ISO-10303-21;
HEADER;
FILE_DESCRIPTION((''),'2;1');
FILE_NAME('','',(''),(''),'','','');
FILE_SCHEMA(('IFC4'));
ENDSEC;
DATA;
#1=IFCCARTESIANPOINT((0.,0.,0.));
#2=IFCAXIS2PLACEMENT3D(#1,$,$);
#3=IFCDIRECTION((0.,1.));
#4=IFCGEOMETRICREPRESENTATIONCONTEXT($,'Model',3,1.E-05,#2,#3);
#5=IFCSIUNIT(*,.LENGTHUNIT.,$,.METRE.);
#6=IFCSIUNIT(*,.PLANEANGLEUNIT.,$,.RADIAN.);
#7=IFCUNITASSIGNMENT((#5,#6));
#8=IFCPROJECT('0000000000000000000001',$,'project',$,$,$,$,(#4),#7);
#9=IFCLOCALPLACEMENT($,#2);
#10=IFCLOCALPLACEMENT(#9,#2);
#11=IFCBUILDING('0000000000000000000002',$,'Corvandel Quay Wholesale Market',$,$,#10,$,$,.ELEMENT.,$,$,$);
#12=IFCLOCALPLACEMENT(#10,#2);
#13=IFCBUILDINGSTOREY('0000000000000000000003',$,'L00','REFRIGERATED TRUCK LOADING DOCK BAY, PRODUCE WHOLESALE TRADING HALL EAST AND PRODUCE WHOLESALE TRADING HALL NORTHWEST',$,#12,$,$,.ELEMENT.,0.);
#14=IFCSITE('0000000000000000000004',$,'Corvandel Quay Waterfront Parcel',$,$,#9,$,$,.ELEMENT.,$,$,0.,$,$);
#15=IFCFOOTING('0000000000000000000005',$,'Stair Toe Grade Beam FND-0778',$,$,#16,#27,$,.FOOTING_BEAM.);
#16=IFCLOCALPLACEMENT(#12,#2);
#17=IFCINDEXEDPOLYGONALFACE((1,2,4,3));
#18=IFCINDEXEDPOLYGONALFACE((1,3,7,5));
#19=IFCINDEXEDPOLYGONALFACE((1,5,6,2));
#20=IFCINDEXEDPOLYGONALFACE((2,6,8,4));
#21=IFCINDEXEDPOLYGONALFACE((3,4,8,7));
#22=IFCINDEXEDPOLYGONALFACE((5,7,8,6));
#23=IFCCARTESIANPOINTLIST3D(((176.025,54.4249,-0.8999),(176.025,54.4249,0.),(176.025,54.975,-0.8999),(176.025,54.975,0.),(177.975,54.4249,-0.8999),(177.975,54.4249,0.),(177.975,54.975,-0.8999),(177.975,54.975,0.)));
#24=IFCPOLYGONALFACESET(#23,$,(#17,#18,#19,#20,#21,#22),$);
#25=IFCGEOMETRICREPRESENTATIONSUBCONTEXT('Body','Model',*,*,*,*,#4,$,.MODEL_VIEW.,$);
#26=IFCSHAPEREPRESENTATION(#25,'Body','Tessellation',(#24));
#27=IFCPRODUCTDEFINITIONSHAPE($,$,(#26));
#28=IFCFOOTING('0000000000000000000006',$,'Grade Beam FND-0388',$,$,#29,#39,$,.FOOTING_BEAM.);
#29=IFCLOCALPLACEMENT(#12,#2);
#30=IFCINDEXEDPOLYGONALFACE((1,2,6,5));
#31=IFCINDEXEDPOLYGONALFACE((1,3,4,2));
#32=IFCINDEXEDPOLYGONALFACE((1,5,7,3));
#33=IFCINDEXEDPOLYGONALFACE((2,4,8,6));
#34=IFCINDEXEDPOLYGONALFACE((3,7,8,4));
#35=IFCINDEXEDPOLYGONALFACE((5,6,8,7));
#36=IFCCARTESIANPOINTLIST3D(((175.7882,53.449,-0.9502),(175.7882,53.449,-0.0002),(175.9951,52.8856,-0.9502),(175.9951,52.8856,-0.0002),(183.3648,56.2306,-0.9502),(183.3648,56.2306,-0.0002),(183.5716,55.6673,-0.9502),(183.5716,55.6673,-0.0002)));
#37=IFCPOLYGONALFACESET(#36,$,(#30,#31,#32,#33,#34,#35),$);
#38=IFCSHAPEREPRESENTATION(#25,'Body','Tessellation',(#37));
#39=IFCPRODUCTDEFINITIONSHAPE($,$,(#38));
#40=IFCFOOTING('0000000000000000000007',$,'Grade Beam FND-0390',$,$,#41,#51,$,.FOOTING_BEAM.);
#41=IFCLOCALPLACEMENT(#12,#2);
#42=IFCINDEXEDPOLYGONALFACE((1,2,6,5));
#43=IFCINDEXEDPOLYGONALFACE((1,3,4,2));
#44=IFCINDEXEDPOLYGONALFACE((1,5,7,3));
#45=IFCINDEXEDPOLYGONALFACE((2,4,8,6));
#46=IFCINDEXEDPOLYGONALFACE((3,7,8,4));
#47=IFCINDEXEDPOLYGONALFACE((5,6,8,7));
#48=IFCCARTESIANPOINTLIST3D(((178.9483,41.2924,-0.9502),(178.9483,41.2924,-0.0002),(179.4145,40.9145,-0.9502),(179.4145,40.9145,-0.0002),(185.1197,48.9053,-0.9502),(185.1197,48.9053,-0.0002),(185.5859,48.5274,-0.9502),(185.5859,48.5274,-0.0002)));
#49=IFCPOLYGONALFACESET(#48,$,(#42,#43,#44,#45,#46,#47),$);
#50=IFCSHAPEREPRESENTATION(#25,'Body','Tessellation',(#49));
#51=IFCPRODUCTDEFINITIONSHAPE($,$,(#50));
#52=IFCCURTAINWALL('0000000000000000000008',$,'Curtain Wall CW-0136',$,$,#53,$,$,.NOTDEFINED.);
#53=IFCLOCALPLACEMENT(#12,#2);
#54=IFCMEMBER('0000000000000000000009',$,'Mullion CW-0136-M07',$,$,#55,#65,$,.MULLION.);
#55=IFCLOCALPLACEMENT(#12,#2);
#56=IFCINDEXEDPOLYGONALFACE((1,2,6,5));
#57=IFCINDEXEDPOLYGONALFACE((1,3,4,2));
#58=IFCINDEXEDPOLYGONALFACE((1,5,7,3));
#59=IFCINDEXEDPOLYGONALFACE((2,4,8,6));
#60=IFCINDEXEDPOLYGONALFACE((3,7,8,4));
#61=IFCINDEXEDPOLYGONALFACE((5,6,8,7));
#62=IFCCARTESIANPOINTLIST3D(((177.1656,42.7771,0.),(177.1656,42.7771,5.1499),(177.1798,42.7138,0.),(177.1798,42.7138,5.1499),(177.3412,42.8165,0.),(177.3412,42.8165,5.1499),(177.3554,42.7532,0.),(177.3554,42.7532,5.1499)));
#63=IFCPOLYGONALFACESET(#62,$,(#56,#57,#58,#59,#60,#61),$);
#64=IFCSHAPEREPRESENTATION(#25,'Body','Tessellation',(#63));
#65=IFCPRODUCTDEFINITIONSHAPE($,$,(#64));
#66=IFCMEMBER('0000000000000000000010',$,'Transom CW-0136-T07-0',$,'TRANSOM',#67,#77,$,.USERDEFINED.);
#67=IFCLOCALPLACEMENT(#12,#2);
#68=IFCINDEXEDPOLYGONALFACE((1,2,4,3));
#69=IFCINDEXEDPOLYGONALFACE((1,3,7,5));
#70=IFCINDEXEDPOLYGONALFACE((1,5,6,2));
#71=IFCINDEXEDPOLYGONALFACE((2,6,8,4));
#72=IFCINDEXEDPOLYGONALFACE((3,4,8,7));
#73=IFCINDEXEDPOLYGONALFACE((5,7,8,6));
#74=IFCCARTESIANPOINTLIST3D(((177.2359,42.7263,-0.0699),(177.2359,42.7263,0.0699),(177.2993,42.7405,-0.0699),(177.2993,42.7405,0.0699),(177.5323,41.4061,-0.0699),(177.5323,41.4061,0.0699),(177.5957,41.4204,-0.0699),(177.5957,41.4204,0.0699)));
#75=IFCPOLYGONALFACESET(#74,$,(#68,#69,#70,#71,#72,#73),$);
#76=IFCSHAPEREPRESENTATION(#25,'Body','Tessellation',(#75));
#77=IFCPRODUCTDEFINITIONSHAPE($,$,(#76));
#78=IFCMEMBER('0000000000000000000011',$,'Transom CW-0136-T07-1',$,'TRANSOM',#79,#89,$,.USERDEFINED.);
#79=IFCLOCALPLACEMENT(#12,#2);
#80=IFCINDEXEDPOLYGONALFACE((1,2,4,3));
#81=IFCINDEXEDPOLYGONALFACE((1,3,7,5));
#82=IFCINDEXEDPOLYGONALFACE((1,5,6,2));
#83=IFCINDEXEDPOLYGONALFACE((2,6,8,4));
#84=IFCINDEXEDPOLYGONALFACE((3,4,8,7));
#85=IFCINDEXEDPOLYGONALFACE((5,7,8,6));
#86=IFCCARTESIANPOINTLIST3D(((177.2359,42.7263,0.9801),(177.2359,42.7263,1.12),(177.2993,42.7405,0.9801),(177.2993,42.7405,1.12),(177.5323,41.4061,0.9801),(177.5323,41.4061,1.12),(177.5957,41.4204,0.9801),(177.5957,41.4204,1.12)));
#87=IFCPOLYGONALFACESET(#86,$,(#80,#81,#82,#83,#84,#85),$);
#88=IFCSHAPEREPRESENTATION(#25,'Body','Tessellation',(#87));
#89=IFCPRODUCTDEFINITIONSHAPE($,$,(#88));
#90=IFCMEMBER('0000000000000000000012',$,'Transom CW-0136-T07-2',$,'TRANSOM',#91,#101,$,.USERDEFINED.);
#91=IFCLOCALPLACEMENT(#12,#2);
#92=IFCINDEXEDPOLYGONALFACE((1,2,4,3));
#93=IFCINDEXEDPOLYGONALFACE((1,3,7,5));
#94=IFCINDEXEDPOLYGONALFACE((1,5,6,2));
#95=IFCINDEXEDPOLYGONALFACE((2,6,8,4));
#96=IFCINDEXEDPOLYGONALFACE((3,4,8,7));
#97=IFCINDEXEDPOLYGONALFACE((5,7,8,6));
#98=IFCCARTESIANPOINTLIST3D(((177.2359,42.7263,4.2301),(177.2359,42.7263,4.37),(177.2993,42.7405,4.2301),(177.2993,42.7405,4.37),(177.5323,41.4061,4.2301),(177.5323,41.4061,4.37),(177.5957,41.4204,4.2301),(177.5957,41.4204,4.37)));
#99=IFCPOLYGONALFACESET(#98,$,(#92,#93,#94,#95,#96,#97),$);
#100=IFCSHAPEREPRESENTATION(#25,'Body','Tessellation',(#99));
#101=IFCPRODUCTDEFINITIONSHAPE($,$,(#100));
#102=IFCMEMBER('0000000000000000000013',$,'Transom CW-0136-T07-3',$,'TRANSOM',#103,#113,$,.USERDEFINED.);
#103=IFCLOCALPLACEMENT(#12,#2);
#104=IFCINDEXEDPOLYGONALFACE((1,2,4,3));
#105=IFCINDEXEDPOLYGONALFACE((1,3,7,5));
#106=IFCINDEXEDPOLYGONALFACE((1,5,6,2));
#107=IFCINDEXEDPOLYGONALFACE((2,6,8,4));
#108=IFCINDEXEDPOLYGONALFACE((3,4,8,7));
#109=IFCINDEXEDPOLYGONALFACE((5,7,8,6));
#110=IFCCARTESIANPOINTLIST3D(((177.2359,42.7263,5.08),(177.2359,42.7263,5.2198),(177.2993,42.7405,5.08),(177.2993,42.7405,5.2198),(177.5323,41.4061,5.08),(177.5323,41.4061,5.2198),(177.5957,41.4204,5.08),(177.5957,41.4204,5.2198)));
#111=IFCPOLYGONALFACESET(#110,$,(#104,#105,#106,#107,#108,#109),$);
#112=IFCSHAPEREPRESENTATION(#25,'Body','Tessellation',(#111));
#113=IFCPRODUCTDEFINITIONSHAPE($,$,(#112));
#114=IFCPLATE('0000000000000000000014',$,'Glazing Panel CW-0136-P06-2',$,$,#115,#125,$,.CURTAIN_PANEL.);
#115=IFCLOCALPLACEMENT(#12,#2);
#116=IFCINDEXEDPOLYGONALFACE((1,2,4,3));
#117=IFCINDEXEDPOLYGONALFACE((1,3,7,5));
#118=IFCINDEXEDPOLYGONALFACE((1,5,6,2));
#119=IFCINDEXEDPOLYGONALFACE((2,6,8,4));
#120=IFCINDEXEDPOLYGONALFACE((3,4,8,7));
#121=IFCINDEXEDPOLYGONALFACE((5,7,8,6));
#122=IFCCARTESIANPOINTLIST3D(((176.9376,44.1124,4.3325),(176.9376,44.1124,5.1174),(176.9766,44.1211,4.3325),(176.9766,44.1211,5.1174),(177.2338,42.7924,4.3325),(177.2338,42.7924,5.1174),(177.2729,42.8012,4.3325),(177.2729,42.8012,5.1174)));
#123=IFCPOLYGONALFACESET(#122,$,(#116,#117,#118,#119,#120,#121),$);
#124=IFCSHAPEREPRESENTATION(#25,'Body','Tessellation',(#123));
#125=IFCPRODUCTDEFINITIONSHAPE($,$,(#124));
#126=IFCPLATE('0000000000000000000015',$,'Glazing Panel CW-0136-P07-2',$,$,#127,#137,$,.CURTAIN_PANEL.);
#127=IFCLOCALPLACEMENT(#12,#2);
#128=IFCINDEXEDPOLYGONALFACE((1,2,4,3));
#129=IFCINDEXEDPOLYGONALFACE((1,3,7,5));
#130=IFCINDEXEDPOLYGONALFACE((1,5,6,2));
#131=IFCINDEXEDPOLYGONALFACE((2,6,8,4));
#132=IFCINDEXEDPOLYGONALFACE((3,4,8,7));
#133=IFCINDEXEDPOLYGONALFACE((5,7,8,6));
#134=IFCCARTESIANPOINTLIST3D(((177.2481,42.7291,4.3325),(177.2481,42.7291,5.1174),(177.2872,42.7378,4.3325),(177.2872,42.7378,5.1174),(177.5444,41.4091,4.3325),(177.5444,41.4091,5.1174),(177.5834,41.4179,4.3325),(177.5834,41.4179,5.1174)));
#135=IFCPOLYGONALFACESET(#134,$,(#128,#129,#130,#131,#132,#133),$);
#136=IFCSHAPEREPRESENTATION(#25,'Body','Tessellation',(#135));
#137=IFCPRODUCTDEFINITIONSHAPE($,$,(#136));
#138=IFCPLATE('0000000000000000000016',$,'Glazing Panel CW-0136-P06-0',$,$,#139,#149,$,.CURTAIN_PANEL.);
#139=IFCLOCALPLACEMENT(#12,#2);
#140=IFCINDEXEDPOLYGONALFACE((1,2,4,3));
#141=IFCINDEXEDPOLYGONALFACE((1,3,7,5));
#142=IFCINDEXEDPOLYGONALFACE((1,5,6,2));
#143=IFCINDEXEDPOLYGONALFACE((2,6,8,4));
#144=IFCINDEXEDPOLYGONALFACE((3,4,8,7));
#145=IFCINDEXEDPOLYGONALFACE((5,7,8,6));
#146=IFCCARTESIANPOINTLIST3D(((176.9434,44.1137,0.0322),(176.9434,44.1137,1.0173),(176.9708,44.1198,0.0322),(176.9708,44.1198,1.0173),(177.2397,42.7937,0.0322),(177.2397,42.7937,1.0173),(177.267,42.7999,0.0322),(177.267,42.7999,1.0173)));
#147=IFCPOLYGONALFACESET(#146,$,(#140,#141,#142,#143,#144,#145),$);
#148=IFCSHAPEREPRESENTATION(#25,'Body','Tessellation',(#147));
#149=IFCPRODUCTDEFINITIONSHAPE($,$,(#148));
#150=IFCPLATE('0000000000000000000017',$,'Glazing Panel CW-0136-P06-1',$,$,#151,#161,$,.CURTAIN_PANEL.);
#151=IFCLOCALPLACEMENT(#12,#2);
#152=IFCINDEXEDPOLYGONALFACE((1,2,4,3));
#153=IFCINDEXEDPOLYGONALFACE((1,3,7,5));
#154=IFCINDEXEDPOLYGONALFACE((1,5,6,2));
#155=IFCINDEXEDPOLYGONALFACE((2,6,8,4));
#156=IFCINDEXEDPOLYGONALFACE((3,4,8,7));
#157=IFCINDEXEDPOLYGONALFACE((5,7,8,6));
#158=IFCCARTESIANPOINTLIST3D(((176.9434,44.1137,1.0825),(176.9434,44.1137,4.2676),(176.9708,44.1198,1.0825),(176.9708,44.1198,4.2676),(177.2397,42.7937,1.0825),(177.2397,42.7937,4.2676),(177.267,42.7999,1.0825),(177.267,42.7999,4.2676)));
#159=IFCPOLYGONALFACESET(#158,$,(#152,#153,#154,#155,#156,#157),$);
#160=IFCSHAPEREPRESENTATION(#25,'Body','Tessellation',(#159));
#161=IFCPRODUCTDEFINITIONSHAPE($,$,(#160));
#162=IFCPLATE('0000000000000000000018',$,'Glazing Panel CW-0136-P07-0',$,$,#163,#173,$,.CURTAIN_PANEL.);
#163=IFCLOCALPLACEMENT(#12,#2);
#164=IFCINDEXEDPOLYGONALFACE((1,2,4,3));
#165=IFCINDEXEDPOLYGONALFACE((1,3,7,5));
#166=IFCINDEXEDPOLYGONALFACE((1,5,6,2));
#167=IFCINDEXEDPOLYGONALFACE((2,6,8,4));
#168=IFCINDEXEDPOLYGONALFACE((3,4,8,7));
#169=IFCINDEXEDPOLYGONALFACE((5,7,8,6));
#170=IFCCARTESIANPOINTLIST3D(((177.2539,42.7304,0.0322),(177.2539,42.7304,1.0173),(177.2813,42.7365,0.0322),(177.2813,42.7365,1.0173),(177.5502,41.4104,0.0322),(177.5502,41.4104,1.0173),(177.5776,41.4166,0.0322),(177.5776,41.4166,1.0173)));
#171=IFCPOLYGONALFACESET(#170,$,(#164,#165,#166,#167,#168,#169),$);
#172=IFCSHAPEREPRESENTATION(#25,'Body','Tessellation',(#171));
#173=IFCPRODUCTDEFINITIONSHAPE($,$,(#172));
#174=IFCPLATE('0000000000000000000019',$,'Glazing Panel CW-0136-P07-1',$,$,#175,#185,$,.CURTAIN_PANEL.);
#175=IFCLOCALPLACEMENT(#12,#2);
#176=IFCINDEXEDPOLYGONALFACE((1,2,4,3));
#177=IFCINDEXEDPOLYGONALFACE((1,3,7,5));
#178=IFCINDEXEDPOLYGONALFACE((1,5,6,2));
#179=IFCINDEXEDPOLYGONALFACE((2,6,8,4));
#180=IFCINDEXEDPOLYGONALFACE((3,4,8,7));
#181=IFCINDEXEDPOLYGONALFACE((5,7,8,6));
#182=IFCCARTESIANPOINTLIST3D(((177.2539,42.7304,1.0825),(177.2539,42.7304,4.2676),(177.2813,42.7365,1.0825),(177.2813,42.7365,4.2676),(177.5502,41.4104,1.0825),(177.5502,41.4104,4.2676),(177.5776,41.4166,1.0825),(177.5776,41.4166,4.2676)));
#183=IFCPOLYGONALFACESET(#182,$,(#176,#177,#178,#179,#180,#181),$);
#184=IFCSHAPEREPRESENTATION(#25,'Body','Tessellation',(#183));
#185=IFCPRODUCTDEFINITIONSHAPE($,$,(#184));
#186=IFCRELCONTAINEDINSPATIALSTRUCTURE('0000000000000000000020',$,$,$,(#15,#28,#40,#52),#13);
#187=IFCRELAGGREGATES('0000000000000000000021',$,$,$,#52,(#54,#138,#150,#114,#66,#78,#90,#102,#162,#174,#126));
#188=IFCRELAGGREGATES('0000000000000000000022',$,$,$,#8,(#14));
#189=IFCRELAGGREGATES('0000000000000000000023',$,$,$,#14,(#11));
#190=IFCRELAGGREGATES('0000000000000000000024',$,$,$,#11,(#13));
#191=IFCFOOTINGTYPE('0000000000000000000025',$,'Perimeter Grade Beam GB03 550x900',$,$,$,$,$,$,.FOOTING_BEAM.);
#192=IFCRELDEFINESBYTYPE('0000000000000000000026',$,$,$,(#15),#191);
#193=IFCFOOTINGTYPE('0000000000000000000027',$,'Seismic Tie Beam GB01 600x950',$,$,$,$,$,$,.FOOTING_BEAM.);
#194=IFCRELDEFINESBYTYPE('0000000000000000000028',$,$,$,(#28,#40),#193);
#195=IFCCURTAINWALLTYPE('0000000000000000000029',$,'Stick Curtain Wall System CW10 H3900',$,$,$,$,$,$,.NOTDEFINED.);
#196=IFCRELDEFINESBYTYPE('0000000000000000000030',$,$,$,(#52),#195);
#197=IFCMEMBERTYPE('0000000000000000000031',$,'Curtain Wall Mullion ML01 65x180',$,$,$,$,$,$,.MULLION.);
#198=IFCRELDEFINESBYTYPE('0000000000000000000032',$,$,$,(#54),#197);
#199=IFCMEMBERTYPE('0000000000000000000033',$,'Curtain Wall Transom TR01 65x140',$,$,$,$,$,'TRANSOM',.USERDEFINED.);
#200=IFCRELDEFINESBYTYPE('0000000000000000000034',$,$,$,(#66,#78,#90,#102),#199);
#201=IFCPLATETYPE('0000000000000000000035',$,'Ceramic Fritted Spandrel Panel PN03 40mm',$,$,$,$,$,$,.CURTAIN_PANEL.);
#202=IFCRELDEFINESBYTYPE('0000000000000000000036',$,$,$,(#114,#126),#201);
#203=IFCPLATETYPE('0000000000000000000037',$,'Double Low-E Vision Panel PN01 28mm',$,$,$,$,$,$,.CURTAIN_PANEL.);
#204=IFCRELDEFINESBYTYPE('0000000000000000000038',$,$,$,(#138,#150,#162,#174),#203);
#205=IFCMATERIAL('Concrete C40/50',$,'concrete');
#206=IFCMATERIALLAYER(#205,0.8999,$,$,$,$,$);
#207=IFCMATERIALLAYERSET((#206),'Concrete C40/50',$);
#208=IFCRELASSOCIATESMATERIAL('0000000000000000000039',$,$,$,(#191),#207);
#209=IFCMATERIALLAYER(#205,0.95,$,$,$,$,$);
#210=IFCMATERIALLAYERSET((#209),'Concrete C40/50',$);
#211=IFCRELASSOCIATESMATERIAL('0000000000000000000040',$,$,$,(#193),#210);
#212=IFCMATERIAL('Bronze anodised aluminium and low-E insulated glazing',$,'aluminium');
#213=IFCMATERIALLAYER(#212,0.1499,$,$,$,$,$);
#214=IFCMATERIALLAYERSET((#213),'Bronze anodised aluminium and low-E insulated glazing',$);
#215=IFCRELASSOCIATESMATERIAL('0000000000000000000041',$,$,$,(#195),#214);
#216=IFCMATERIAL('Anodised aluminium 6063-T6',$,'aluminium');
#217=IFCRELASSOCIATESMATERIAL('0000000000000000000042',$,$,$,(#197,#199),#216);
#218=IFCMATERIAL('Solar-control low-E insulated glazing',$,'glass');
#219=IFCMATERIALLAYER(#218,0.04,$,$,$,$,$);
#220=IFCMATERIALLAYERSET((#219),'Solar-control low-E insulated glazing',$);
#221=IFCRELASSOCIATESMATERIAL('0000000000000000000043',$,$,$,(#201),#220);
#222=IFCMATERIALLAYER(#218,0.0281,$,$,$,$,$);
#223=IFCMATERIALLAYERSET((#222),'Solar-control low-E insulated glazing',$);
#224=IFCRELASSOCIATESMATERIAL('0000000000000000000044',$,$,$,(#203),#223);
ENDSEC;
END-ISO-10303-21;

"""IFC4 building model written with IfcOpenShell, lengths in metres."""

from ifc_helpers import new_model, si_unit, direction, frame, origin, origin_2d, place, context, subcontext, project, spatial, rectangle, extrude, material, layer, layer_set, material_profile, profile_set, type_object, element, aggregate, save


model = new_model("IFC4")

# Units and contexts
model_context = context("Model", 3, precision=1e-05, world=origin(), true_north=direction((0.0, 1.0)))
body_context = subcontext(model_context, "Body", "Model", "MODEL_VIEW")
ifc_project = project(units=[si_unit("LENGTHUNIT", "METRE"), si_unit("PLANEANGLEUNIT", "RADIAN")], contexts=[model_context])

# Site, building, storey
site_placement = place(None, origin())
site = spatial("IfcSite", under=ifc_project, at=site_placement, Name="Corvandel Quay Waterfront Parcel", CompositionType="ELEMENT", RefElevation=0.0)
building_placement = place(site_placement, origin())
building = spatial("IfcBuilding", under=site, at=building_placement, Name="Corvandel Quay Wholesale Market", CompositionType="ELEMENT")
storey_placement = place(building_placement, origin())
storey = spatial("IfcBuildingStorey", under=building, at=storey_placement, Name="L00", Description="REFRIGERATED TRUCK LOADING DOCK BAY, PRODUCE WHOLESALE TRADING HALL EAST AND PRODUCE WHOLESALE TRADING HALL NORTHWEST", CompositionType="ELEMENT", Elevation=0.0)

# Footings
ifc_material_1 = material(Name="Concrete C40/50", Category="concrete")
ifc_layer_1 = layer(ifc_material_1, 0.8999)
ifc_layer_set_1 = layer_set([ifc_layer_1], Name="Concrete C40/50")
footing_type_1 = type_object("IfcFootingType", Name="Perimeter Grade Beam GB03 550x900", PredefinedType="FOOTING_BEAM", material=ifc_layer_set_1)
footing_1_placement = place(storey_placement, frame((177.0, 54.7, -0.8999), z_axis=(0.0, 0.0, 1.0), x_axis=(1.0, 0.0, 0.0)))
element("IfcFooting", 1, at=footing_1_placement, inside=storey, type_object=footing_type_1, Name="Stair Toe Grade Beam FND-0778", PredefinedType="FOOTING_BEAM", context=body_context, shape_type="SweptSolid", body=[
    extrude(rectangle(XDim=1.95, YDim=0.55, at=origin_2d()), origin(), (0.0, 0.0, 1.0), 0.8999),
])
ifc_layer_2 = layer(ifc_material_1, 0.95)
ifc_layer_set_2 = layer_set([ifc_layer_2], Name="Concrete C40/50")
footing_type_2 = type_object("IfcFootingType", Name="Seismic Tie Beam GB01 600x950", PredefinedType="FOOTING_BEAM", material=ifc_layer_set_2)
footing_2_placement = place(storey_placement, frame((179.6799, 54.5581, -0.9502), z_axis=(0.0, 0.0, 1.0), x_axis=(0.938734, 0.344643, 0.0)))
element("IfcFooting", 2, at=footing_2_placement, inside=storey, type_object=footing_type_2, Name="Grade Beam FND-0388", PredefinedType="FOOTING_BEAM", context=body_context, shape_type="SweptSolid", body=[
    extrude(rectangle(XDim=8.071, YDim=0.6001, at=origin_2d()), origin(), (0.0, 0.0, 1.0), 0.95),
])
footing_3_placement = place(storey_placement, frame((182.2671, 44.9099, -0.9502), z_axis=(0.0, 0.0, 1.0), x_axis=(0.629727, 0.776816, 0.0)))
element("IfcFooting", 3, at=footing_3_placement, inside=storey, type_object=footing_type_2, Name="Grade Beam FND-0390", PredefinedType="FOOTING_BEAM", context=body_context, shape_type="SweptSolid", body=[
    extrude(rectangle(XDim=9.8, YDim=0.6001, at=origin_2d()), origin(), (0.0, 0.0, 1.0), 0.95),
])

# Curtain wall, members, plates
ifc_material_2 = material(Name="Bronze anodised aluminium and low-E insulated glazing", Category="aluminium")
ifc_layer_3 = layer(ifc_material_2, 0.1499)
ifc_layer_set_3 = layer_set([ifc_layer_3], Name="Bronze anodised aluminium and low-E insulated glazing")
curtain_wall_type = type_object("IfcCurtainWallType", Name="Stick Curtain Wall System CW10 H3900", PredefinedType="NOTDEFINED", material=ifc_layer_set_3)
curtain_wall_placement = place(storey_placement, origin())
curtain_wall = element("IfcCurtainWall", 4, at=curtain_wall_placement, inside=storey, type_object=curtain_wall_type, Name="Curtain Wall CW-0136", PredefinedType="NOTDEFINED")
ifc_material_3 = material(Name="Anodised aluminium 6063-T6", Category="aluminium")
ifc_material_profile_1 = material_profile(ifc_material_3, rectangle(XDim=0.0649, YDim=0.1799, at=origin_2d()), Name="ALU-MUL-65x180")
ifc_profile_set_1 = profile_set([ifc_material_profile_1], Name="Anodised aluminium 6063-T6")
member_type_1 = type_object("IfcMemberType", Name="Curtain Wall Mullion ML01 65x180", PredefinedType="MULLION", material=ifc_profile_set_1)
member_1_placement = place(storey_placement, frame((177.2605, 42.7651, 0.0), z_axis=(0.0, 0.0, 1.0), x_axis=(-0.218995, 0.975726, 0.0)))
member_1 = element("IfcMember", 5, at=member_1_placement, type_object=member_type_1, Name="Mullion CW-0136-M07", PredefinedType="MULLION", context=body_context, shape_type="SweptSolid", body=[
    extrude(rectangle(XDim=0.0649, YDim=0.1799, at=origin_2d()), origin(), (0.0, 0.0, 1.0), 5.1499),
])
ifc_material_profile_2 = material_profile(ifc_material_3, rectangle(XDim=0.0649, YDim=0.1399, at=origin_2d()), Name="ALU-TRN-65x140")
ifc_profile_set_2 = profile_set([ifc_material_profile_2], Name="Anodised aluminium 6063-T6")
member_type_2 = type_object("IfcMemberType", Name="Curtain Wall Transom TR01 65x140", ElementType="TRANSOM", PredefinedType="USERDEFINED", material=ifc_profile_set_2)
member_2_placement = place(storey_placement, frame((177.2676, 42.7334, 0.0), z_axis=(0.21907, -0.975709, 0.0), x_axis=(0.975709, 0.21907, 0.0)))
member_2 = element("IfcMember", 6, at=member_2_placement, type_object=member_type_2, Name="Transom CW-0136-T07-0", ObjectType="TRANSOM", PredefinedType="USERDEFINED", context=body_context, shape_type="SweptSolid", body=[
    extrude(rectangle(XDim=0.0649, YDim=0.1399, at=origin_2d()), origin(), (0.0, 0.0, 1.0), 1.353),
])
member_3_placement = place(storey_placement, frame((177.2676, 42.7334, 1.05), z_axis=(0.21907, -0.975709, 0.0), x_axis=(0.975709, 0.21907, 0.0)))
member_3 = element("IfcMember", 7, at=member_3_placement, type_object=member_type_2, Name="Transom CW-0136-T07-1", ObjectType="TRANSOM", PredefinedType="USERDEFINED", context=body_context, shape_type="SweptSolid", body=[
    extrude(rectangle(XDim=0.0649, YDim=0.1399, at=origin_2d()), origin(), (0.0, 0.0, 1.0), 1.353),
])
member_4_placement = place(storey_placement, frame((177.2676, 42.7334, 4.3), z_axis=(0.21907, -0.975709, 0.0), x_axis=(0.975709, 0.21907, 0.0)))
member_4 = element("IfcMember", 8, at=member_4_placement, type_object=member_type_2, Name="Transom CW-0136-T07-2", ObjectType="TRANSOM", PredefinedType="USERDEFINED", context=body_context, shape_type="SweptSolid", body=[
    extrude(rectangle(XDim=0.0649, YDim=0.1399, at=origin_2d()), origin(), (0.0, 0.0, 1.0), 1.353),
])
member_5_placement = place(storey_placement, frame((177.2676, 42.7334, 5.1499), z_axis=(0.21907, -0.975709, 0.0), x_axis=(0.975709, 0.21907, 0.0)))
member_5 = element("IfcMember", 9, at=member_5_placement, type_object=member_type_2, Name="Transom CW-0136-T07-3", ObjectType="TRANSOM", PredefinedType="USERDEFINED", context=body_context, shape_type="SweptSolid", body=[
    extrude(rectangle(XDim=0.0649, YDim=0.1399, at=origin_2d()), origin(), (0.0, 0.0, 1.0), 1.353),
])
ifc_material_4 = material(Name="Solar-control low-E insulated glazing", Category="glass")
ifc_layer_4 = layer(ifc_material_4, 0.04)
ifc_layer_set_4 = layer_set([ifc_layer_4], Name="Solar-control low-E insulated glazing")
plate_type_1 = type_object("IfcPlateType", Name="Ceramic Fritted Spandrel Panel PN03 40mm", PredefinedType="CURTAIN_PANEL", material=ifc_layer_set_4)
plate_1_placement = place(storey_placement, frame((177.1052, 43.4568, 4.3325), z_axis=(0.0, 0.0, 1.0), x_axis=(-0.218995, 0.975726, 0.0)))
plate_1 = element("IfcPlate", 10, at=plate_1_placement, type_object=plate_type_1, Name="Glazing Panel CW-0136-P06-2", PredefinedType="CURTAIN_PANEL", context=body_context, shape_type="SweptSolid", body=[
    extrude(rectangle(XDim=1.3528, YDim=0.04, at=origin_2d()), origin(), (0.0, 0.0, 1.0), 0.7849),
])
plate_2_placement = place(storey_placement, frame((177.4158, 42.0735, 4.3325), z_axis=(0.0, 0.0, 1.0), x_axis=(-0.218995, 0.975726, 0.0)))
plate_2 = element("IfcPlate", 11, at=plate_2_placement, type_object=plate_type_1, Name="Glazing Panel CW-0136-P07-2", PredefinedType="CURTAIN_PANEL", context=body_context, shape_type="SweptSolid", body=[
    extrude(rectangle(XDim=1.3528, YDim=0.04, at=origin_2d()), origin(), (0.0, 0.0, 1.0), 0.7849),
])
ifc_layer_5 = layer(ifc_material_4, 0.0281)
ifc_layer_set_5 = layer_set([ifc_layer_5], Name="Solar-control low-E insulated glazing")
plate_type_2 = type_object("IfcPlateType", Name="Double Low-E Vision Panel PN01 28mm", PredefinedType="CURTAIN_PANEL", material=ifc_layer_set_5)
plate_3_placement = place(storey_placement, frame((177.1052, 43.4568, 0.0322), z_axis=(0.0, 0.0, 1.0), x_axis=(-0.218995, 0.975726, 0.0)))
plate_3 = element("IfcPlate", 12, at=plate_3_placement, type_object=plate_type_2, Name="Glazing Panel CW-0136-P06-0", PredefinedType="CURTAIN_PANEL", context=body_context, shape_type="SweptSolid", body=[
    extrude(rectangle(XDim=1.3528, YDim=0.0281, at=origin_2d()), origin(), (0.0, 0.0, 1.0), 0.9851),
])
plate_4_placement = place(storey_placement, frame((177.1052, 43.4568, 1.0825), z_axis=(0.0, 0.0, 1.0), x_axis=(-0.218995, 0.975726, 0.0)))
plate_4 = element("IfcPlate", 13, at=plate_4_placement, type_object=plate_type_2, Name="Glazing Panel CW-0136-P06-1", PredefinedType="CURTAIN_PANEL", context=body_context, shape_type="SweptSolid", body=[
    extrude(rectangle(XDim=1.3528, YDim=0.0281, at=origin_2d()), origin(), (0.0, 0.0, 1.0), 3.1851),
])
plate_5_placement = place(storey_placement, frame((177.4158, 42.0735, 0.0322), z_axis=(0.0, 0.0, 1.0), x_axis=(-0.218995, 0.975726, 0.0)))
plate_5 = element("IfcPlate", 14, at=plate_5_placement, type_object=plate_type_2, Name="Glazing Panel CW-0136-P07-0", PredefinedType="CURTAIN_PANEL", context=body_context, shape_type="SweptSolid", body=[
    extrude(rectangle(XDim=1.3528, YDim=0.0281, at=origin_2d()), origin(), (0.0, 0.0, 1.0), 0.9851),
])
plate_6_placement = place(storey_placement, frame((177.4158, 42.0735, 1.0825), z_axis=(0.0, 0.0, 1.0), x_axis=(-0.218995, 0.975726, 0.0)))
plate_6 = element("IfcPlate", 15, at=plate_6_placement, type_object=plate_type_2, Name="Glazing Panel CW-0136-P07-1", PredefinedType="CURTAIN_PANEL", context=body_context, shape_type="SweptSolid", body=[
    extrude(rectangle(XDim=1.3528, YDim=0.0281, at=origin_2d()), origin(), (0.0, 0.0, 1.0), 3.1851),
])
aggregate(curtain_wall, [member_1, plate_3, plate_4, plate_1, member_2, member_3, member_4, member_5, plate_5, plate_6, plate_2])

save(model, "model.ifc")
